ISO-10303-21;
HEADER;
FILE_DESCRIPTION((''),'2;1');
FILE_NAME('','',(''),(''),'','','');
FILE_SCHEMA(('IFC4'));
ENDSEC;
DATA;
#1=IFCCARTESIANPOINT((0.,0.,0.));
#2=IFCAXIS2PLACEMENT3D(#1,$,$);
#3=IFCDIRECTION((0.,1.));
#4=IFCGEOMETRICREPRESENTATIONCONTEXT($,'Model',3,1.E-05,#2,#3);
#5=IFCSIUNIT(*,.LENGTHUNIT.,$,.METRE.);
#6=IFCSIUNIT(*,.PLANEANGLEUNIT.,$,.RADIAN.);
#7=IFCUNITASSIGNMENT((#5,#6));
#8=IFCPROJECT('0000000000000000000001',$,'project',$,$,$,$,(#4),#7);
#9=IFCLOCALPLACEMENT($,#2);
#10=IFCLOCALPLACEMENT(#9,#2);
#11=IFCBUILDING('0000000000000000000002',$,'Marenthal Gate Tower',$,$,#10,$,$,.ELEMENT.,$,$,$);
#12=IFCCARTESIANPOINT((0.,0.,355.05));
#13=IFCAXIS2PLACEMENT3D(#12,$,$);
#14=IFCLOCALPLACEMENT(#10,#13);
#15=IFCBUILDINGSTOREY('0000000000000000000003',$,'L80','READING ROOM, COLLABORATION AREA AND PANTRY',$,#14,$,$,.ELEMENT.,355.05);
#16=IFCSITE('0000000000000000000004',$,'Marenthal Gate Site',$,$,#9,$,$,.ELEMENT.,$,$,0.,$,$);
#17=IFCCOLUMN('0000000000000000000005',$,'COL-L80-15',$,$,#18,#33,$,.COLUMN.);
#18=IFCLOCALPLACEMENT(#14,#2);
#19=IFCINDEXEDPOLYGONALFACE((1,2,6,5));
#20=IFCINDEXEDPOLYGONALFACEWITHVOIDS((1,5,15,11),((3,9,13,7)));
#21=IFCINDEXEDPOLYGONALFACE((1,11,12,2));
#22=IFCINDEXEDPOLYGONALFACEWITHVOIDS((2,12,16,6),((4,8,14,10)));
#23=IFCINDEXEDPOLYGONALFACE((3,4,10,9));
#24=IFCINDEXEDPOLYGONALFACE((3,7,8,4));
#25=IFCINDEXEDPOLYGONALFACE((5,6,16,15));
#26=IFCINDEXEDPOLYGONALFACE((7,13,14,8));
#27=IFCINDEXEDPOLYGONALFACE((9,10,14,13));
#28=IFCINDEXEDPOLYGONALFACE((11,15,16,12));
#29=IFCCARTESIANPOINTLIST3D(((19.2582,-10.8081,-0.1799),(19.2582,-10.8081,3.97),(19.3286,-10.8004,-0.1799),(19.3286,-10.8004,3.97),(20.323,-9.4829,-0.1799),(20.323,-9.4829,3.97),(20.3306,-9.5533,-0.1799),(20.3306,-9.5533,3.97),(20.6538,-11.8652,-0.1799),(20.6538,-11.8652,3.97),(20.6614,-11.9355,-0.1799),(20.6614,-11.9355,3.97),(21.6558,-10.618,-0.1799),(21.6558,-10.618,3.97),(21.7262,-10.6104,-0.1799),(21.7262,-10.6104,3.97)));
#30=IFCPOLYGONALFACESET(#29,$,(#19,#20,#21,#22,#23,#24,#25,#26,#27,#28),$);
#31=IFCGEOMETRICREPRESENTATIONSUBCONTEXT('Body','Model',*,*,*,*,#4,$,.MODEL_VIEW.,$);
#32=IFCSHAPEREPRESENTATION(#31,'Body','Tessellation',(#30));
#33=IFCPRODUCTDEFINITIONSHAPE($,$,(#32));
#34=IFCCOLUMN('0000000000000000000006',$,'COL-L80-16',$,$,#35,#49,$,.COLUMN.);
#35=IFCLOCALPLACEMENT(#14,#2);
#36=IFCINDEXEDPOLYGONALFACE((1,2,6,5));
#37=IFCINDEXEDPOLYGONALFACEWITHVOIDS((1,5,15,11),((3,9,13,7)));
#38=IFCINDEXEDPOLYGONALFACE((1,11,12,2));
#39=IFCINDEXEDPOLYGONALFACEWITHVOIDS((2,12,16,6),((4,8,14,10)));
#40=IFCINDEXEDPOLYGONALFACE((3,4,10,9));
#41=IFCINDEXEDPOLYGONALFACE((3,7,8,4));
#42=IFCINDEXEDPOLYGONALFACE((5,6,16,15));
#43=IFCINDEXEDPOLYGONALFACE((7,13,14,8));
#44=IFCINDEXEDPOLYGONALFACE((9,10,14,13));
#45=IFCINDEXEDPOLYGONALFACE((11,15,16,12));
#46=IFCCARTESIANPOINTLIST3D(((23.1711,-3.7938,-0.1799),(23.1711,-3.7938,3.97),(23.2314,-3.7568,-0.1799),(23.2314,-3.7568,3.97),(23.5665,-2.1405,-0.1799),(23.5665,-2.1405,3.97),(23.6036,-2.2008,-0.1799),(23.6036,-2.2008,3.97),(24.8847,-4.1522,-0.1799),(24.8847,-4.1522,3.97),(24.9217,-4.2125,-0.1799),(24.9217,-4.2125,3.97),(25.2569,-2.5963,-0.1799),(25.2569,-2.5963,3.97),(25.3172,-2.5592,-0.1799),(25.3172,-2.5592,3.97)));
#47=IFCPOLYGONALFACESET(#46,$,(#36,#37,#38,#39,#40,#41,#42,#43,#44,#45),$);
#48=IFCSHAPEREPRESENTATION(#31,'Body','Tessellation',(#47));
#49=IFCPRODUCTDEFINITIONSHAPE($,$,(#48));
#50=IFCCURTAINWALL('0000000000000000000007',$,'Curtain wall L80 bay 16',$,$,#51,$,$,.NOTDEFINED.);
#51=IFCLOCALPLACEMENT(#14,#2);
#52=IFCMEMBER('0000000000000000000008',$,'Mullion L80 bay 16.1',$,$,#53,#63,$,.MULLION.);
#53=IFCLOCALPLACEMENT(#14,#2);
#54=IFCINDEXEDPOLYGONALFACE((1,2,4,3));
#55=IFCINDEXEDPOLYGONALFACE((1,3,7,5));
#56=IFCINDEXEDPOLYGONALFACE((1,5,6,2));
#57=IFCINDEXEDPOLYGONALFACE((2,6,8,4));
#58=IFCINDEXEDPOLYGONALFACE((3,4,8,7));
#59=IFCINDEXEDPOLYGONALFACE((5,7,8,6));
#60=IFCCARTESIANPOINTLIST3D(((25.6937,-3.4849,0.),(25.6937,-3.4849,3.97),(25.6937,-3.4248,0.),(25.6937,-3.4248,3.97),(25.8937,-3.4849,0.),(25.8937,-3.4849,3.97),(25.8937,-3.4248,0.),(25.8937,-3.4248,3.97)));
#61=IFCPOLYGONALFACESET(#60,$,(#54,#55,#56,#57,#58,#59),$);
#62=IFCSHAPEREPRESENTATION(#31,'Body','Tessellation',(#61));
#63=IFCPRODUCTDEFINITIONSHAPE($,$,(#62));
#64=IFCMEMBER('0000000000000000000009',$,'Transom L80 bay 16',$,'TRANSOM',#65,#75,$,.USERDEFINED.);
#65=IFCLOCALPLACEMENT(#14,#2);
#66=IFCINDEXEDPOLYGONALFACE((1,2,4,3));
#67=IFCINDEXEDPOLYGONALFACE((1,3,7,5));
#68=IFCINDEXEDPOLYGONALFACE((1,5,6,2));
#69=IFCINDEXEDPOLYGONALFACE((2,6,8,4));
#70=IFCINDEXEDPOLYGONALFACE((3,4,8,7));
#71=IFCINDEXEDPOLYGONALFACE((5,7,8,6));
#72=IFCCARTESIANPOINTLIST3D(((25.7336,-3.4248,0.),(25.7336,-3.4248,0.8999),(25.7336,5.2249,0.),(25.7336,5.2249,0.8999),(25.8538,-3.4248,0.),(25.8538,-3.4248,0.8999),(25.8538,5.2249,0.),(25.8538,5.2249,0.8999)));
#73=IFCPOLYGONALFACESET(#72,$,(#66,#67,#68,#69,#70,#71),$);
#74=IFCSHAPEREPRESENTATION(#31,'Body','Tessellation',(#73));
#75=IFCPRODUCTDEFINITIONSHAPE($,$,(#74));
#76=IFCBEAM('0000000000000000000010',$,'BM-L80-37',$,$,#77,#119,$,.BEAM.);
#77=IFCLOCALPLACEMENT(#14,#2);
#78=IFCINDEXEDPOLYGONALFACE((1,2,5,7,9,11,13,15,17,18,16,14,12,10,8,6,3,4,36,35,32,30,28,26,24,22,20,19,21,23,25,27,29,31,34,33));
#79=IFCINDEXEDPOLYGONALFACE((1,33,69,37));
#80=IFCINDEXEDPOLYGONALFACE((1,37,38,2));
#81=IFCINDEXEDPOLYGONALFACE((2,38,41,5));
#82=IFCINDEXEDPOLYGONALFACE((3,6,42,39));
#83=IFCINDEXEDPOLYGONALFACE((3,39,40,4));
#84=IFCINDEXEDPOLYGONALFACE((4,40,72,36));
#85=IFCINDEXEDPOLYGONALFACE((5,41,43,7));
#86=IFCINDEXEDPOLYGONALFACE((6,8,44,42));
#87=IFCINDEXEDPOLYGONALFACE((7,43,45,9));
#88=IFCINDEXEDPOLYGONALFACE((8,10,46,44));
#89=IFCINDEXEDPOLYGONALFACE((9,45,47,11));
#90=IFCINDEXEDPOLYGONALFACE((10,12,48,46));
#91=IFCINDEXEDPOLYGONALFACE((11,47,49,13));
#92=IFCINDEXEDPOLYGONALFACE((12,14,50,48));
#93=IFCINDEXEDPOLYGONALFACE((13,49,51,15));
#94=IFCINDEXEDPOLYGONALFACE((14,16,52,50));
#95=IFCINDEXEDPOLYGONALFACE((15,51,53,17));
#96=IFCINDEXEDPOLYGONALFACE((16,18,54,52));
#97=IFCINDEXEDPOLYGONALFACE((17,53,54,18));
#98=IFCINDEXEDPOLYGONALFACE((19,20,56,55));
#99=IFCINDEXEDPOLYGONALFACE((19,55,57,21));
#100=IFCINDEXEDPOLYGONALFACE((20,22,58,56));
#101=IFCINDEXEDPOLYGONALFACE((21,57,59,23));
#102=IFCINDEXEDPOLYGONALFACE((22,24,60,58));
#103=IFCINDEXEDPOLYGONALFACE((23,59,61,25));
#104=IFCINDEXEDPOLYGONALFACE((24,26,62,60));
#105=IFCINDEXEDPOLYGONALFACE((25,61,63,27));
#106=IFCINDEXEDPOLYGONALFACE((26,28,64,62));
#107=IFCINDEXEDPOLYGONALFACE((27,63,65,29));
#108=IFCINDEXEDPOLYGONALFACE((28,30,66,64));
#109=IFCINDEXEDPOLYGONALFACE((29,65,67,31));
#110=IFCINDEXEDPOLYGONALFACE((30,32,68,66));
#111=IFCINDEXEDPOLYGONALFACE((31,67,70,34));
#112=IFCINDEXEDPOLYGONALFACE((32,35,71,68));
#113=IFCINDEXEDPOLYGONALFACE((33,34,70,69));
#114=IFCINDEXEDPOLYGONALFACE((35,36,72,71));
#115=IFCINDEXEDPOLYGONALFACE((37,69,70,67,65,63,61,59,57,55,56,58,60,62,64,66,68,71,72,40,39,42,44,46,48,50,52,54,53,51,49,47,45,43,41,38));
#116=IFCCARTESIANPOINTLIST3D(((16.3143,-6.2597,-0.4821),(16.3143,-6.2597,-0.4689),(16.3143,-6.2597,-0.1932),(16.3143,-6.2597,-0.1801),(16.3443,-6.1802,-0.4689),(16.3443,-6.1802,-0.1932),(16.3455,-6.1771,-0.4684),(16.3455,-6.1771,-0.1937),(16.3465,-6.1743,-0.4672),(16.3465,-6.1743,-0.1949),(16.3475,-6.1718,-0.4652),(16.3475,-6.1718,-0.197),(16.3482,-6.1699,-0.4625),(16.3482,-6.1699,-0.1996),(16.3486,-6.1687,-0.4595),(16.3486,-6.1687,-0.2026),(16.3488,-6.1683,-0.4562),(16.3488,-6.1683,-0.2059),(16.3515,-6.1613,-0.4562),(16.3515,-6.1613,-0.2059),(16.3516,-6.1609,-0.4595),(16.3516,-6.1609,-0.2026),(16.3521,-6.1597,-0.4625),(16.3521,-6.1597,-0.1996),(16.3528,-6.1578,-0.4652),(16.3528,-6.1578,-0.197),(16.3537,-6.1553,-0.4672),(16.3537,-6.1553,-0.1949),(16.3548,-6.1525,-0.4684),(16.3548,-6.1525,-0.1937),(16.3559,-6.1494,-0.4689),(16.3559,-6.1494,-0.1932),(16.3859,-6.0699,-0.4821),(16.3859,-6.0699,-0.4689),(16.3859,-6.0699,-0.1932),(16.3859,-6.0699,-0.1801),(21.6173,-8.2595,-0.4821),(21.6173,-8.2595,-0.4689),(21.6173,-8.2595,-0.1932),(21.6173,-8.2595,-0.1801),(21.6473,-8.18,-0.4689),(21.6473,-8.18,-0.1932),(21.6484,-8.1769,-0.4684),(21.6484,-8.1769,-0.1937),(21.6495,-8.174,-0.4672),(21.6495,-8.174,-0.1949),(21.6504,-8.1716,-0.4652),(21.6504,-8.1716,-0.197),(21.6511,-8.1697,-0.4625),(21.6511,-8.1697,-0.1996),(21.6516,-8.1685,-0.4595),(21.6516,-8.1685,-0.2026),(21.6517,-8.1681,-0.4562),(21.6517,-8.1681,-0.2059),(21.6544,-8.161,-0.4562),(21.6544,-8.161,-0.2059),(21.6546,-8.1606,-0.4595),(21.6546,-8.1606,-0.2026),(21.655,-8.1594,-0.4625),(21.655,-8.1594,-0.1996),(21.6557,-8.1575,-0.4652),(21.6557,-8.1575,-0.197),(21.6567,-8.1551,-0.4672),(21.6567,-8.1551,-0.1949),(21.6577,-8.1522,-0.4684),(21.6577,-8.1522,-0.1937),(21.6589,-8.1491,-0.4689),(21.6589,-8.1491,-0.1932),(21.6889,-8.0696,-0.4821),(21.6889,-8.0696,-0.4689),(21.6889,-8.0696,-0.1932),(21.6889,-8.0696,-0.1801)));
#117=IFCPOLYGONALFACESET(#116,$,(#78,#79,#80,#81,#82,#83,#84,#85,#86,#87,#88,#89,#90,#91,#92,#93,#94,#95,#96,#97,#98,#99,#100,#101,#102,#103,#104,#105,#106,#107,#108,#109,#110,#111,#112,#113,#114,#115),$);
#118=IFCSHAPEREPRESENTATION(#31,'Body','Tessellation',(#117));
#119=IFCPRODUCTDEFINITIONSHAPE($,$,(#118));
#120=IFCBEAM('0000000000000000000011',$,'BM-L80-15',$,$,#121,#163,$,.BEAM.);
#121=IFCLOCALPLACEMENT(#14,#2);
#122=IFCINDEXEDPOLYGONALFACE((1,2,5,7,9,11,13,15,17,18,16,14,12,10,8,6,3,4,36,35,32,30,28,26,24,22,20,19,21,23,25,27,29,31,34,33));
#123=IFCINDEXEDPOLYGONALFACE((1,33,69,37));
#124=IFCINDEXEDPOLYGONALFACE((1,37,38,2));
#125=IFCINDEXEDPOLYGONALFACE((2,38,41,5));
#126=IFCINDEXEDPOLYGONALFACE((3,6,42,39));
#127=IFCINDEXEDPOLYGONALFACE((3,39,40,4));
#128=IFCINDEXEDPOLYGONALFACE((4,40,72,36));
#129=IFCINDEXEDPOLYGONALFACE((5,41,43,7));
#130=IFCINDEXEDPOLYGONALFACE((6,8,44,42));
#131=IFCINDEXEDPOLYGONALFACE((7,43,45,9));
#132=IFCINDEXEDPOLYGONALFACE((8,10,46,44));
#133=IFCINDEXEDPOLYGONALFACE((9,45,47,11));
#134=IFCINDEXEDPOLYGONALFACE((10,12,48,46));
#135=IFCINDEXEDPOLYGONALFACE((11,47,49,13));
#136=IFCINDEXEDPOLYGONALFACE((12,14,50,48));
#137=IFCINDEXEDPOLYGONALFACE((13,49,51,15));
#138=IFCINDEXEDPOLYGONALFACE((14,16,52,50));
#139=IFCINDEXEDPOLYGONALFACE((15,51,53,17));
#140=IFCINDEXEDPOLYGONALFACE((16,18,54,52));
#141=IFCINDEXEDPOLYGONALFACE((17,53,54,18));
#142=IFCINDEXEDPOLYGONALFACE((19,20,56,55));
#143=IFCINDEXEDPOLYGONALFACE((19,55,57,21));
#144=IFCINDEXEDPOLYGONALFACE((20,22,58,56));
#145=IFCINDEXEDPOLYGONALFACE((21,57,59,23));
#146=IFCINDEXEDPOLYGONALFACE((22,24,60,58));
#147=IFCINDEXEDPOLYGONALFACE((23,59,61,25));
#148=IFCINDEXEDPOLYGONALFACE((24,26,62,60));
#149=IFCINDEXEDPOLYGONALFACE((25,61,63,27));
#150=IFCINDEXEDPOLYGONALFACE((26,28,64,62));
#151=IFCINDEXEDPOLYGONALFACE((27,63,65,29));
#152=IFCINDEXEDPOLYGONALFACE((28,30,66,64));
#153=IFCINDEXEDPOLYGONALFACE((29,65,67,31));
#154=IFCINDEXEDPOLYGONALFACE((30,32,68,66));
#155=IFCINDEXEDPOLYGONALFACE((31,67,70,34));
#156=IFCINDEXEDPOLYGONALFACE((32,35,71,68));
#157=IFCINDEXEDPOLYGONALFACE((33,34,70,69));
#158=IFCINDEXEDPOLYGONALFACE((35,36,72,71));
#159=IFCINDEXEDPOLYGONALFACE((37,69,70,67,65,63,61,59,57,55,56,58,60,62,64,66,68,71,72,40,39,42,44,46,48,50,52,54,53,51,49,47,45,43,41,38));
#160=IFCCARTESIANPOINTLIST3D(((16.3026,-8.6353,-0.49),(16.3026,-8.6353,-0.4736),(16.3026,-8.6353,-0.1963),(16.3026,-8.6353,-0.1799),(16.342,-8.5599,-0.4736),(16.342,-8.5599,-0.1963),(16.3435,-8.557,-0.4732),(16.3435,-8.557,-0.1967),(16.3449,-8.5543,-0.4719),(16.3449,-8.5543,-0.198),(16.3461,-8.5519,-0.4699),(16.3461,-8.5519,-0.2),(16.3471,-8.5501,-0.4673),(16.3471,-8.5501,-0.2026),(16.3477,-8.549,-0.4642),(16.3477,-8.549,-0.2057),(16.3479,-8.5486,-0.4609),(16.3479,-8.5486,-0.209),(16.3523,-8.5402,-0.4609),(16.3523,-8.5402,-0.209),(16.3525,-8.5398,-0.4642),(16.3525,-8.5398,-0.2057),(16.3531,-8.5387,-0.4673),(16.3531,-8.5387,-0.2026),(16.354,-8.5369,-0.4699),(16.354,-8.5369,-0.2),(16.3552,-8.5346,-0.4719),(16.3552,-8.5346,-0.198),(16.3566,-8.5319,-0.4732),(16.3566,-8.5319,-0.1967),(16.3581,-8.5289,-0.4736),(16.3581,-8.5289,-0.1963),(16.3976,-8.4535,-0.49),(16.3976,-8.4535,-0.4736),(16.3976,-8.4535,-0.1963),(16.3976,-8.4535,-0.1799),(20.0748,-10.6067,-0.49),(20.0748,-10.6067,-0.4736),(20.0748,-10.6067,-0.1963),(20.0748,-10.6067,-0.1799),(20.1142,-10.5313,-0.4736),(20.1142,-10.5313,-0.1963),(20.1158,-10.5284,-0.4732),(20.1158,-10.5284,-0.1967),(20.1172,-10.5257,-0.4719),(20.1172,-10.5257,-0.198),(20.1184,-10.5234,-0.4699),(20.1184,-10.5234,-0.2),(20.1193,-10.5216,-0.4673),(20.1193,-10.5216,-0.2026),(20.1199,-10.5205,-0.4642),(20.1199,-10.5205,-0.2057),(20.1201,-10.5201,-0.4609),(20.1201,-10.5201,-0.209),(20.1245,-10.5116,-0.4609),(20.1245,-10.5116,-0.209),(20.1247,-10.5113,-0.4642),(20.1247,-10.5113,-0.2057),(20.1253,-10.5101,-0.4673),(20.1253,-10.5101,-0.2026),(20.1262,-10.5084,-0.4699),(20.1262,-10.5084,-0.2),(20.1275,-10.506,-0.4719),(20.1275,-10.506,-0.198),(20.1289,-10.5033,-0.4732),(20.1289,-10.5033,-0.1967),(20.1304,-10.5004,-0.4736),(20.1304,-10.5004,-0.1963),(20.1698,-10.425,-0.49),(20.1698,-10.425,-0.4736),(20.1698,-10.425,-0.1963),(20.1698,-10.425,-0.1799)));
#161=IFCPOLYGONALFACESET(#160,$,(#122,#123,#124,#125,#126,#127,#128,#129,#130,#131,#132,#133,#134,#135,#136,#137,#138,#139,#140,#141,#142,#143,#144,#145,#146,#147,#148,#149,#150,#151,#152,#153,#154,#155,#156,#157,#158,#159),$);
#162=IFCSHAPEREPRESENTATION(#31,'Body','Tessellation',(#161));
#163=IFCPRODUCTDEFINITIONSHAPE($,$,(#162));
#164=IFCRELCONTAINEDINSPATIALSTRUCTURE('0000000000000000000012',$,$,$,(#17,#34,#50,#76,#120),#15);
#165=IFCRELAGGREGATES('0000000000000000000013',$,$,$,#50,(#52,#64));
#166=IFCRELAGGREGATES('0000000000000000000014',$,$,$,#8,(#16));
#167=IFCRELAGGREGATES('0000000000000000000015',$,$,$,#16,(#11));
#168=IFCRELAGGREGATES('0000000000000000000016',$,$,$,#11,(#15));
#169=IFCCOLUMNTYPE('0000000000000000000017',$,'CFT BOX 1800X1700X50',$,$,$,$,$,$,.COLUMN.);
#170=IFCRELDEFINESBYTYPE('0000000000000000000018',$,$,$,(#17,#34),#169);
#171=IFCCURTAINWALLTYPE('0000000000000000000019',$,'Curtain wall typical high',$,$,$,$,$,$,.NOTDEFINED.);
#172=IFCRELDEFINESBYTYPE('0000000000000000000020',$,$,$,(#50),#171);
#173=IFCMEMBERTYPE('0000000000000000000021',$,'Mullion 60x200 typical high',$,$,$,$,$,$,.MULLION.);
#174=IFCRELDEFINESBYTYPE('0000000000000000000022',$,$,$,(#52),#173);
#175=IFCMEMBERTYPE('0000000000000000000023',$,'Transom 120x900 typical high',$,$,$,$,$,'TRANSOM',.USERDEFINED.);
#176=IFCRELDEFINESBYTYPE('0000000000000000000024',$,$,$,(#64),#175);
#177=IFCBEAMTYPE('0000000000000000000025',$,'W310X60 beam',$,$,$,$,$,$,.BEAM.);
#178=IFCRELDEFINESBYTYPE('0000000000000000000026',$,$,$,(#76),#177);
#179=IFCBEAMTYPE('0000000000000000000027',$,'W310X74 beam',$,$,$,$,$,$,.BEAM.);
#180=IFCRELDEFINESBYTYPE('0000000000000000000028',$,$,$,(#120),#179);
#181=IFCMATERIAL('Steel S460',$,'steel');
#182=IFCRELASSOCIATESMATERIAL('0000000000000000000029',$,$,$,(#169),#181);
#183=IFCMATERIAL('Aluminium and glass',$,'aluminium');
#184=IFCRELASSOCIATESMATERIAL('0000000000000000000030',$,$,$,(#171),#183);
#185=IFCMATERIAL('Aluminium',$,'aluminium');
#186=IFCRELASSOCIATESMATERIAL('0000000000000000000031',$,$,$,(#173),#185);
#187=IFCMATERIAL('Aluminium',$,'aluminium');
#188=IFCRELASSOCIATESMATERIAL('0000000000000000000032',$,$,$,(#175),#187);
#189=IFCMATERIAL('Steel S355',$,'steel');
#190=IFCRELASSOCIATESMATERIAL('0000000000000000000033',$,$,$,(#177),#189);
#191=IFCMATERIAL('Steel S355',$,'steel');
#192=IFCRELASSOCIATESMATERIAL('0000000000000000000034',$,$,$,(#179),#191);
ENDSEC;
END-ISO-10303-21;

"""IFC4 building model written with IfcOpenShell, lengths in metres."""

from ifc_helpers import new_model, si_unit, direction, frame, origin, origin_2d, place, context, subcontext, project, spatial, rectangle, hollow_rectangle, i_section, extrude, material, material_profile, profile_set, type_object, element, aggregate, save


model = new_model("IFC4")

# Units and contexts
model_context = context("Model", 3, precision=1e-05, world=origin(), true_north=direction((0.0, 1.0)))
body_context = subcontext(model_context, "Body", "Model", "MODEL_VIEW")
ifc_project = project(units=[si_unit("LENGTHUNIT", "METRE"), si_unit("PLANEANGLEUNIT", "RADIAN")], contexts=[model_context])

# Site, building, storey
site_placement = place(None, origin())
site = spatial("IfcSite", under=ifc_project, at=site_placement, Name="Marenthal Gate Site", CompositionType="ELEMENT", RefElevation=0.0)
building_placement = place(site_placement, origin())
building = spatial("IfcBuilding", under=site, at=building_placement, Name="Marenthal Gate Tower", CompositionType="ELEMENT")
storey_placement = place(building_placement, frame((0.0, 0.0, 355.05)))
storey = spatial("IfcBuildingStorey", under=building, at=storey_placement, Name="L80", Description="READING ROOM, COLLABORATION AREA AND PANTRY", CompositionType="ELEMENT", Elevation=355.05)

# Columns
ifc_material_1 = material(Name="Steel S460", Category="steel")
ifc_material_profile_1 = material_profile(ifc_material_1, hollow_rectangle(XDim=1.7, YDim=1.8, WallThickness=0.05, at=origin_2d()), Name="CFT BOX 1800X1700X50")
ifc_material_2 = material(Name="Concrete 70 MPa", Category="concrete")
ifc_material_profile_2 = material_profile(ifc_material_2, rectangle(XDim=1.6001, YDim=1.7, at=origin_2d()), Name="CFT BOX 1800X1700X50 INFILL")
ifc_profile_set_1 = profile_set([ifc_material_profile_1, ifc_material_profile_2], Name="Steel S460 shell, Concrete 70 MPa infill")
column_type = type_object("IfcColumnType", Name="CFT BOX 1800X1700X50", PredefinedType="COLUMN", material=ifc_profile_set_1)
for number, where, z_axis, x_axis, name in (
    (1, (20.4922, -10.7092, -0.1799), (0.0, 0.0, 1.0), (-0.626344, -0.779547, 0.0), "COL-L80-15"),
    (2, (24.2441, -3.1765, -0.1799), (0.0, 0.0, 1.0), (-0.232626, -0.972566, 0.0), "COL-L80-16"),
):
    element("IfcColumn", number, at=place(storey_placement, frame(where, z_axis=z_axis, x_axis=x_axis)), inside=storey, type_object=column_type, Name=name, PredefinedType="COLUMN", context=body_context, shape_type="SweptSolid", body=[
        extrude(hollow_rectangle(XDim=1.7, YDim=1.8, WallThickness=0.05, at=origin_2d()), origin(), (0.0, 0.0, 1.0), 4.1499),
    ])

# Curtain wall, members
ifc_material_3 = material(Name="Aluminium and glass", Category="aluminium")
curtain_wall_type = type_object("IfcCurtainWallType", Name="Curtain wall typical high", PredefinedType="NOTDEFINED", material=ifc_material_3)
curtain_wall_placement = place(storey_placement, origin())
curtain_wall = element("IfcCurtainWall", 3, at=curtain_wall_placement, inside=storey, type_object=curtain_wall_type, Name="Curtain wall L80 bay 16", PredefinedType="NOTDEFINED")
ifc_material_4 = material(Name="Aluminium", Category="aluminium")
ifc_material_profile_3 = material_profile(ifc_material_4, rectangle(XDim=0.2, YDim=0.0601, at=origin_2d()), Name="60x200 aluminium mullion")
ifc_profile_set_2 = profile_set([ifc_material_profile_3], Name="Aluminium")
member_type_1 = type_object("IfcMemberType", Name="Mullion 60x200 typical high", PredefinedType="MULLION", material=ifc_profile_set_2)
member_1_placement = place(storey_placement, frame((25.7937, -3.4548, 0.0), z_axis=(0.0, 0.0, 1.0), x_axis=(-1.0, 0.0, 0.0)))
member_1 = element("IfcMember", 4, at=member_1_placement, type_object=member_type_1, Name="Mullion L80 bay 16.1", PredefinedType="MULLION", context=body_context, shape_type="SweptSolid", body=[
    extrude(rectangle(XDim=0.2, YDim=0.0601, at=origin_2d()), origin(), (0.0, 0.0, 1.0), 3.97),
])
ifc_material_5 = material(Name="Aluminium", Category="aluminium")
ifc_material_profile_4 = material_profile(ifc_material_5, rectangle(XDim=0.1201, YDim=0.8999, at=origin_2d()), Name="120x900 aluminium transom")
ifc_profile_set_3 = profile_set([ifc_material_profile_4], Name="Aluminium")
member_type_2 = type_object("IfcMemberType", Name="Transom 120x900 typical high", ElementType="TRANSOM", PredefinedType="USERDEFINED", material=ifc_profile_set_3)
member_2_placement = place(storey_placement, frame((25.7937, -3.4248, 0.45), z_axis=(0.0, 1.0, 0.0), x_axis=(-1.0, 0.0, 0.0)))
member_2 = element("IfcMember", 5, at=member_2_placement, type_object=member_type_2, Name="Transom L80 bay 16", ObjectType="TRANSOM", PredefinedType="USERDEFINED", context=body_context, shape_type="SweptSolid", body=[
    extrude(rectangle(XDim=0.1201, YDim=0.8999, at=origin_2d()), origin(), (0.0, 0.0, 1.0), 8.6497),
])

# Beams
ifc_material_6 = material(Name="Steel S355", Category="steel")
ifc_material_profile_5 = material_profile(ifc_material_6, i_section(OverallWidth=0.2029, OverallDepth=0.302, WebThickness=0.0076, FlangeThickness=0.0132, FilletRadius=0.0127, at=origin_2d()), Name="W310X60")
ifc_profile_set_4 = profile_set([ifc_material_profile_5], Name="Steel S355")
beam_type_1 = type_object("IfcBeamType", Name="W310X60 beam", PredefinedType="BEAM", material=ifc_profile_set_4)
beam_1_placement = place(storey_placement, frame((21.6531, -8.1646, -0.3311), z_axis=(-0.935681, 0.352846, 0.0), x_axis=(-0.352846, -0.935681, 0.0)))
element("IfcBeam", 6, at=beam_1_placement, inside=storey, type_object=beam_type_1, Name="BM-L80-37", PredefinedType="BEAM", context=body_context, shape_type="SweptSolid", body=[
    extrude(i_section(OverallWidth=0.2029, OverallDepth=0.302, WebThickness=0.0076, FlangeThickness=0.0132, FilletRadius=0.0127, at=origin_2d()), origin(), (0.0, 0.0, 1.0), 5.6675),
])
ifc_material_7 = material(Name="Steel S355", Category="steel")
ifc_material_profile_6 = material_profile(ifc_material_7, i_section(OverallWidth=0.2051, OverallDepth=0.3101, WebThickness=0.0095, FlangeThickness=0.0164, FilletRadius=0.0127, at=origin_2d()), Name="W310X74")
ifc_profile_set_5 = profile_set([ifc_material_profile_6], Name="Steel S355")
beam_type_2 = type_object("IfcBeamType", Name="W310X74 beam", PredefinedType="BEAM", material=ifc_profile_set_5)
beam_2_placement = place(storey_placement, frame((20.1223, -10.5159, -0.335), z_axis=(-0.886265, 0.463179, 0.0), x_axis=(-0.463179, -0.886265, 0.0)))
element("IfcBeam", 7, at=beam_2_placement, inside=storey, type_object=beam_type_2, Name="BM-L80-15", PredefinedType="BEAM", context=body_context, shape_type="SweptSolid", body=[
    extrude(i_section(OverallWidth=0.2051, OverallDepth=0.3101, WebThickness=0.0095, FlangeThickness=0.0164, FilletRadius=0.0127, at=origin_2d()), origin(), (0.0, 0.0, 1.0), 4.2563),
])

aggregate(curtain_wall, [member_1, member_2])

save(model, "model.ifc")
